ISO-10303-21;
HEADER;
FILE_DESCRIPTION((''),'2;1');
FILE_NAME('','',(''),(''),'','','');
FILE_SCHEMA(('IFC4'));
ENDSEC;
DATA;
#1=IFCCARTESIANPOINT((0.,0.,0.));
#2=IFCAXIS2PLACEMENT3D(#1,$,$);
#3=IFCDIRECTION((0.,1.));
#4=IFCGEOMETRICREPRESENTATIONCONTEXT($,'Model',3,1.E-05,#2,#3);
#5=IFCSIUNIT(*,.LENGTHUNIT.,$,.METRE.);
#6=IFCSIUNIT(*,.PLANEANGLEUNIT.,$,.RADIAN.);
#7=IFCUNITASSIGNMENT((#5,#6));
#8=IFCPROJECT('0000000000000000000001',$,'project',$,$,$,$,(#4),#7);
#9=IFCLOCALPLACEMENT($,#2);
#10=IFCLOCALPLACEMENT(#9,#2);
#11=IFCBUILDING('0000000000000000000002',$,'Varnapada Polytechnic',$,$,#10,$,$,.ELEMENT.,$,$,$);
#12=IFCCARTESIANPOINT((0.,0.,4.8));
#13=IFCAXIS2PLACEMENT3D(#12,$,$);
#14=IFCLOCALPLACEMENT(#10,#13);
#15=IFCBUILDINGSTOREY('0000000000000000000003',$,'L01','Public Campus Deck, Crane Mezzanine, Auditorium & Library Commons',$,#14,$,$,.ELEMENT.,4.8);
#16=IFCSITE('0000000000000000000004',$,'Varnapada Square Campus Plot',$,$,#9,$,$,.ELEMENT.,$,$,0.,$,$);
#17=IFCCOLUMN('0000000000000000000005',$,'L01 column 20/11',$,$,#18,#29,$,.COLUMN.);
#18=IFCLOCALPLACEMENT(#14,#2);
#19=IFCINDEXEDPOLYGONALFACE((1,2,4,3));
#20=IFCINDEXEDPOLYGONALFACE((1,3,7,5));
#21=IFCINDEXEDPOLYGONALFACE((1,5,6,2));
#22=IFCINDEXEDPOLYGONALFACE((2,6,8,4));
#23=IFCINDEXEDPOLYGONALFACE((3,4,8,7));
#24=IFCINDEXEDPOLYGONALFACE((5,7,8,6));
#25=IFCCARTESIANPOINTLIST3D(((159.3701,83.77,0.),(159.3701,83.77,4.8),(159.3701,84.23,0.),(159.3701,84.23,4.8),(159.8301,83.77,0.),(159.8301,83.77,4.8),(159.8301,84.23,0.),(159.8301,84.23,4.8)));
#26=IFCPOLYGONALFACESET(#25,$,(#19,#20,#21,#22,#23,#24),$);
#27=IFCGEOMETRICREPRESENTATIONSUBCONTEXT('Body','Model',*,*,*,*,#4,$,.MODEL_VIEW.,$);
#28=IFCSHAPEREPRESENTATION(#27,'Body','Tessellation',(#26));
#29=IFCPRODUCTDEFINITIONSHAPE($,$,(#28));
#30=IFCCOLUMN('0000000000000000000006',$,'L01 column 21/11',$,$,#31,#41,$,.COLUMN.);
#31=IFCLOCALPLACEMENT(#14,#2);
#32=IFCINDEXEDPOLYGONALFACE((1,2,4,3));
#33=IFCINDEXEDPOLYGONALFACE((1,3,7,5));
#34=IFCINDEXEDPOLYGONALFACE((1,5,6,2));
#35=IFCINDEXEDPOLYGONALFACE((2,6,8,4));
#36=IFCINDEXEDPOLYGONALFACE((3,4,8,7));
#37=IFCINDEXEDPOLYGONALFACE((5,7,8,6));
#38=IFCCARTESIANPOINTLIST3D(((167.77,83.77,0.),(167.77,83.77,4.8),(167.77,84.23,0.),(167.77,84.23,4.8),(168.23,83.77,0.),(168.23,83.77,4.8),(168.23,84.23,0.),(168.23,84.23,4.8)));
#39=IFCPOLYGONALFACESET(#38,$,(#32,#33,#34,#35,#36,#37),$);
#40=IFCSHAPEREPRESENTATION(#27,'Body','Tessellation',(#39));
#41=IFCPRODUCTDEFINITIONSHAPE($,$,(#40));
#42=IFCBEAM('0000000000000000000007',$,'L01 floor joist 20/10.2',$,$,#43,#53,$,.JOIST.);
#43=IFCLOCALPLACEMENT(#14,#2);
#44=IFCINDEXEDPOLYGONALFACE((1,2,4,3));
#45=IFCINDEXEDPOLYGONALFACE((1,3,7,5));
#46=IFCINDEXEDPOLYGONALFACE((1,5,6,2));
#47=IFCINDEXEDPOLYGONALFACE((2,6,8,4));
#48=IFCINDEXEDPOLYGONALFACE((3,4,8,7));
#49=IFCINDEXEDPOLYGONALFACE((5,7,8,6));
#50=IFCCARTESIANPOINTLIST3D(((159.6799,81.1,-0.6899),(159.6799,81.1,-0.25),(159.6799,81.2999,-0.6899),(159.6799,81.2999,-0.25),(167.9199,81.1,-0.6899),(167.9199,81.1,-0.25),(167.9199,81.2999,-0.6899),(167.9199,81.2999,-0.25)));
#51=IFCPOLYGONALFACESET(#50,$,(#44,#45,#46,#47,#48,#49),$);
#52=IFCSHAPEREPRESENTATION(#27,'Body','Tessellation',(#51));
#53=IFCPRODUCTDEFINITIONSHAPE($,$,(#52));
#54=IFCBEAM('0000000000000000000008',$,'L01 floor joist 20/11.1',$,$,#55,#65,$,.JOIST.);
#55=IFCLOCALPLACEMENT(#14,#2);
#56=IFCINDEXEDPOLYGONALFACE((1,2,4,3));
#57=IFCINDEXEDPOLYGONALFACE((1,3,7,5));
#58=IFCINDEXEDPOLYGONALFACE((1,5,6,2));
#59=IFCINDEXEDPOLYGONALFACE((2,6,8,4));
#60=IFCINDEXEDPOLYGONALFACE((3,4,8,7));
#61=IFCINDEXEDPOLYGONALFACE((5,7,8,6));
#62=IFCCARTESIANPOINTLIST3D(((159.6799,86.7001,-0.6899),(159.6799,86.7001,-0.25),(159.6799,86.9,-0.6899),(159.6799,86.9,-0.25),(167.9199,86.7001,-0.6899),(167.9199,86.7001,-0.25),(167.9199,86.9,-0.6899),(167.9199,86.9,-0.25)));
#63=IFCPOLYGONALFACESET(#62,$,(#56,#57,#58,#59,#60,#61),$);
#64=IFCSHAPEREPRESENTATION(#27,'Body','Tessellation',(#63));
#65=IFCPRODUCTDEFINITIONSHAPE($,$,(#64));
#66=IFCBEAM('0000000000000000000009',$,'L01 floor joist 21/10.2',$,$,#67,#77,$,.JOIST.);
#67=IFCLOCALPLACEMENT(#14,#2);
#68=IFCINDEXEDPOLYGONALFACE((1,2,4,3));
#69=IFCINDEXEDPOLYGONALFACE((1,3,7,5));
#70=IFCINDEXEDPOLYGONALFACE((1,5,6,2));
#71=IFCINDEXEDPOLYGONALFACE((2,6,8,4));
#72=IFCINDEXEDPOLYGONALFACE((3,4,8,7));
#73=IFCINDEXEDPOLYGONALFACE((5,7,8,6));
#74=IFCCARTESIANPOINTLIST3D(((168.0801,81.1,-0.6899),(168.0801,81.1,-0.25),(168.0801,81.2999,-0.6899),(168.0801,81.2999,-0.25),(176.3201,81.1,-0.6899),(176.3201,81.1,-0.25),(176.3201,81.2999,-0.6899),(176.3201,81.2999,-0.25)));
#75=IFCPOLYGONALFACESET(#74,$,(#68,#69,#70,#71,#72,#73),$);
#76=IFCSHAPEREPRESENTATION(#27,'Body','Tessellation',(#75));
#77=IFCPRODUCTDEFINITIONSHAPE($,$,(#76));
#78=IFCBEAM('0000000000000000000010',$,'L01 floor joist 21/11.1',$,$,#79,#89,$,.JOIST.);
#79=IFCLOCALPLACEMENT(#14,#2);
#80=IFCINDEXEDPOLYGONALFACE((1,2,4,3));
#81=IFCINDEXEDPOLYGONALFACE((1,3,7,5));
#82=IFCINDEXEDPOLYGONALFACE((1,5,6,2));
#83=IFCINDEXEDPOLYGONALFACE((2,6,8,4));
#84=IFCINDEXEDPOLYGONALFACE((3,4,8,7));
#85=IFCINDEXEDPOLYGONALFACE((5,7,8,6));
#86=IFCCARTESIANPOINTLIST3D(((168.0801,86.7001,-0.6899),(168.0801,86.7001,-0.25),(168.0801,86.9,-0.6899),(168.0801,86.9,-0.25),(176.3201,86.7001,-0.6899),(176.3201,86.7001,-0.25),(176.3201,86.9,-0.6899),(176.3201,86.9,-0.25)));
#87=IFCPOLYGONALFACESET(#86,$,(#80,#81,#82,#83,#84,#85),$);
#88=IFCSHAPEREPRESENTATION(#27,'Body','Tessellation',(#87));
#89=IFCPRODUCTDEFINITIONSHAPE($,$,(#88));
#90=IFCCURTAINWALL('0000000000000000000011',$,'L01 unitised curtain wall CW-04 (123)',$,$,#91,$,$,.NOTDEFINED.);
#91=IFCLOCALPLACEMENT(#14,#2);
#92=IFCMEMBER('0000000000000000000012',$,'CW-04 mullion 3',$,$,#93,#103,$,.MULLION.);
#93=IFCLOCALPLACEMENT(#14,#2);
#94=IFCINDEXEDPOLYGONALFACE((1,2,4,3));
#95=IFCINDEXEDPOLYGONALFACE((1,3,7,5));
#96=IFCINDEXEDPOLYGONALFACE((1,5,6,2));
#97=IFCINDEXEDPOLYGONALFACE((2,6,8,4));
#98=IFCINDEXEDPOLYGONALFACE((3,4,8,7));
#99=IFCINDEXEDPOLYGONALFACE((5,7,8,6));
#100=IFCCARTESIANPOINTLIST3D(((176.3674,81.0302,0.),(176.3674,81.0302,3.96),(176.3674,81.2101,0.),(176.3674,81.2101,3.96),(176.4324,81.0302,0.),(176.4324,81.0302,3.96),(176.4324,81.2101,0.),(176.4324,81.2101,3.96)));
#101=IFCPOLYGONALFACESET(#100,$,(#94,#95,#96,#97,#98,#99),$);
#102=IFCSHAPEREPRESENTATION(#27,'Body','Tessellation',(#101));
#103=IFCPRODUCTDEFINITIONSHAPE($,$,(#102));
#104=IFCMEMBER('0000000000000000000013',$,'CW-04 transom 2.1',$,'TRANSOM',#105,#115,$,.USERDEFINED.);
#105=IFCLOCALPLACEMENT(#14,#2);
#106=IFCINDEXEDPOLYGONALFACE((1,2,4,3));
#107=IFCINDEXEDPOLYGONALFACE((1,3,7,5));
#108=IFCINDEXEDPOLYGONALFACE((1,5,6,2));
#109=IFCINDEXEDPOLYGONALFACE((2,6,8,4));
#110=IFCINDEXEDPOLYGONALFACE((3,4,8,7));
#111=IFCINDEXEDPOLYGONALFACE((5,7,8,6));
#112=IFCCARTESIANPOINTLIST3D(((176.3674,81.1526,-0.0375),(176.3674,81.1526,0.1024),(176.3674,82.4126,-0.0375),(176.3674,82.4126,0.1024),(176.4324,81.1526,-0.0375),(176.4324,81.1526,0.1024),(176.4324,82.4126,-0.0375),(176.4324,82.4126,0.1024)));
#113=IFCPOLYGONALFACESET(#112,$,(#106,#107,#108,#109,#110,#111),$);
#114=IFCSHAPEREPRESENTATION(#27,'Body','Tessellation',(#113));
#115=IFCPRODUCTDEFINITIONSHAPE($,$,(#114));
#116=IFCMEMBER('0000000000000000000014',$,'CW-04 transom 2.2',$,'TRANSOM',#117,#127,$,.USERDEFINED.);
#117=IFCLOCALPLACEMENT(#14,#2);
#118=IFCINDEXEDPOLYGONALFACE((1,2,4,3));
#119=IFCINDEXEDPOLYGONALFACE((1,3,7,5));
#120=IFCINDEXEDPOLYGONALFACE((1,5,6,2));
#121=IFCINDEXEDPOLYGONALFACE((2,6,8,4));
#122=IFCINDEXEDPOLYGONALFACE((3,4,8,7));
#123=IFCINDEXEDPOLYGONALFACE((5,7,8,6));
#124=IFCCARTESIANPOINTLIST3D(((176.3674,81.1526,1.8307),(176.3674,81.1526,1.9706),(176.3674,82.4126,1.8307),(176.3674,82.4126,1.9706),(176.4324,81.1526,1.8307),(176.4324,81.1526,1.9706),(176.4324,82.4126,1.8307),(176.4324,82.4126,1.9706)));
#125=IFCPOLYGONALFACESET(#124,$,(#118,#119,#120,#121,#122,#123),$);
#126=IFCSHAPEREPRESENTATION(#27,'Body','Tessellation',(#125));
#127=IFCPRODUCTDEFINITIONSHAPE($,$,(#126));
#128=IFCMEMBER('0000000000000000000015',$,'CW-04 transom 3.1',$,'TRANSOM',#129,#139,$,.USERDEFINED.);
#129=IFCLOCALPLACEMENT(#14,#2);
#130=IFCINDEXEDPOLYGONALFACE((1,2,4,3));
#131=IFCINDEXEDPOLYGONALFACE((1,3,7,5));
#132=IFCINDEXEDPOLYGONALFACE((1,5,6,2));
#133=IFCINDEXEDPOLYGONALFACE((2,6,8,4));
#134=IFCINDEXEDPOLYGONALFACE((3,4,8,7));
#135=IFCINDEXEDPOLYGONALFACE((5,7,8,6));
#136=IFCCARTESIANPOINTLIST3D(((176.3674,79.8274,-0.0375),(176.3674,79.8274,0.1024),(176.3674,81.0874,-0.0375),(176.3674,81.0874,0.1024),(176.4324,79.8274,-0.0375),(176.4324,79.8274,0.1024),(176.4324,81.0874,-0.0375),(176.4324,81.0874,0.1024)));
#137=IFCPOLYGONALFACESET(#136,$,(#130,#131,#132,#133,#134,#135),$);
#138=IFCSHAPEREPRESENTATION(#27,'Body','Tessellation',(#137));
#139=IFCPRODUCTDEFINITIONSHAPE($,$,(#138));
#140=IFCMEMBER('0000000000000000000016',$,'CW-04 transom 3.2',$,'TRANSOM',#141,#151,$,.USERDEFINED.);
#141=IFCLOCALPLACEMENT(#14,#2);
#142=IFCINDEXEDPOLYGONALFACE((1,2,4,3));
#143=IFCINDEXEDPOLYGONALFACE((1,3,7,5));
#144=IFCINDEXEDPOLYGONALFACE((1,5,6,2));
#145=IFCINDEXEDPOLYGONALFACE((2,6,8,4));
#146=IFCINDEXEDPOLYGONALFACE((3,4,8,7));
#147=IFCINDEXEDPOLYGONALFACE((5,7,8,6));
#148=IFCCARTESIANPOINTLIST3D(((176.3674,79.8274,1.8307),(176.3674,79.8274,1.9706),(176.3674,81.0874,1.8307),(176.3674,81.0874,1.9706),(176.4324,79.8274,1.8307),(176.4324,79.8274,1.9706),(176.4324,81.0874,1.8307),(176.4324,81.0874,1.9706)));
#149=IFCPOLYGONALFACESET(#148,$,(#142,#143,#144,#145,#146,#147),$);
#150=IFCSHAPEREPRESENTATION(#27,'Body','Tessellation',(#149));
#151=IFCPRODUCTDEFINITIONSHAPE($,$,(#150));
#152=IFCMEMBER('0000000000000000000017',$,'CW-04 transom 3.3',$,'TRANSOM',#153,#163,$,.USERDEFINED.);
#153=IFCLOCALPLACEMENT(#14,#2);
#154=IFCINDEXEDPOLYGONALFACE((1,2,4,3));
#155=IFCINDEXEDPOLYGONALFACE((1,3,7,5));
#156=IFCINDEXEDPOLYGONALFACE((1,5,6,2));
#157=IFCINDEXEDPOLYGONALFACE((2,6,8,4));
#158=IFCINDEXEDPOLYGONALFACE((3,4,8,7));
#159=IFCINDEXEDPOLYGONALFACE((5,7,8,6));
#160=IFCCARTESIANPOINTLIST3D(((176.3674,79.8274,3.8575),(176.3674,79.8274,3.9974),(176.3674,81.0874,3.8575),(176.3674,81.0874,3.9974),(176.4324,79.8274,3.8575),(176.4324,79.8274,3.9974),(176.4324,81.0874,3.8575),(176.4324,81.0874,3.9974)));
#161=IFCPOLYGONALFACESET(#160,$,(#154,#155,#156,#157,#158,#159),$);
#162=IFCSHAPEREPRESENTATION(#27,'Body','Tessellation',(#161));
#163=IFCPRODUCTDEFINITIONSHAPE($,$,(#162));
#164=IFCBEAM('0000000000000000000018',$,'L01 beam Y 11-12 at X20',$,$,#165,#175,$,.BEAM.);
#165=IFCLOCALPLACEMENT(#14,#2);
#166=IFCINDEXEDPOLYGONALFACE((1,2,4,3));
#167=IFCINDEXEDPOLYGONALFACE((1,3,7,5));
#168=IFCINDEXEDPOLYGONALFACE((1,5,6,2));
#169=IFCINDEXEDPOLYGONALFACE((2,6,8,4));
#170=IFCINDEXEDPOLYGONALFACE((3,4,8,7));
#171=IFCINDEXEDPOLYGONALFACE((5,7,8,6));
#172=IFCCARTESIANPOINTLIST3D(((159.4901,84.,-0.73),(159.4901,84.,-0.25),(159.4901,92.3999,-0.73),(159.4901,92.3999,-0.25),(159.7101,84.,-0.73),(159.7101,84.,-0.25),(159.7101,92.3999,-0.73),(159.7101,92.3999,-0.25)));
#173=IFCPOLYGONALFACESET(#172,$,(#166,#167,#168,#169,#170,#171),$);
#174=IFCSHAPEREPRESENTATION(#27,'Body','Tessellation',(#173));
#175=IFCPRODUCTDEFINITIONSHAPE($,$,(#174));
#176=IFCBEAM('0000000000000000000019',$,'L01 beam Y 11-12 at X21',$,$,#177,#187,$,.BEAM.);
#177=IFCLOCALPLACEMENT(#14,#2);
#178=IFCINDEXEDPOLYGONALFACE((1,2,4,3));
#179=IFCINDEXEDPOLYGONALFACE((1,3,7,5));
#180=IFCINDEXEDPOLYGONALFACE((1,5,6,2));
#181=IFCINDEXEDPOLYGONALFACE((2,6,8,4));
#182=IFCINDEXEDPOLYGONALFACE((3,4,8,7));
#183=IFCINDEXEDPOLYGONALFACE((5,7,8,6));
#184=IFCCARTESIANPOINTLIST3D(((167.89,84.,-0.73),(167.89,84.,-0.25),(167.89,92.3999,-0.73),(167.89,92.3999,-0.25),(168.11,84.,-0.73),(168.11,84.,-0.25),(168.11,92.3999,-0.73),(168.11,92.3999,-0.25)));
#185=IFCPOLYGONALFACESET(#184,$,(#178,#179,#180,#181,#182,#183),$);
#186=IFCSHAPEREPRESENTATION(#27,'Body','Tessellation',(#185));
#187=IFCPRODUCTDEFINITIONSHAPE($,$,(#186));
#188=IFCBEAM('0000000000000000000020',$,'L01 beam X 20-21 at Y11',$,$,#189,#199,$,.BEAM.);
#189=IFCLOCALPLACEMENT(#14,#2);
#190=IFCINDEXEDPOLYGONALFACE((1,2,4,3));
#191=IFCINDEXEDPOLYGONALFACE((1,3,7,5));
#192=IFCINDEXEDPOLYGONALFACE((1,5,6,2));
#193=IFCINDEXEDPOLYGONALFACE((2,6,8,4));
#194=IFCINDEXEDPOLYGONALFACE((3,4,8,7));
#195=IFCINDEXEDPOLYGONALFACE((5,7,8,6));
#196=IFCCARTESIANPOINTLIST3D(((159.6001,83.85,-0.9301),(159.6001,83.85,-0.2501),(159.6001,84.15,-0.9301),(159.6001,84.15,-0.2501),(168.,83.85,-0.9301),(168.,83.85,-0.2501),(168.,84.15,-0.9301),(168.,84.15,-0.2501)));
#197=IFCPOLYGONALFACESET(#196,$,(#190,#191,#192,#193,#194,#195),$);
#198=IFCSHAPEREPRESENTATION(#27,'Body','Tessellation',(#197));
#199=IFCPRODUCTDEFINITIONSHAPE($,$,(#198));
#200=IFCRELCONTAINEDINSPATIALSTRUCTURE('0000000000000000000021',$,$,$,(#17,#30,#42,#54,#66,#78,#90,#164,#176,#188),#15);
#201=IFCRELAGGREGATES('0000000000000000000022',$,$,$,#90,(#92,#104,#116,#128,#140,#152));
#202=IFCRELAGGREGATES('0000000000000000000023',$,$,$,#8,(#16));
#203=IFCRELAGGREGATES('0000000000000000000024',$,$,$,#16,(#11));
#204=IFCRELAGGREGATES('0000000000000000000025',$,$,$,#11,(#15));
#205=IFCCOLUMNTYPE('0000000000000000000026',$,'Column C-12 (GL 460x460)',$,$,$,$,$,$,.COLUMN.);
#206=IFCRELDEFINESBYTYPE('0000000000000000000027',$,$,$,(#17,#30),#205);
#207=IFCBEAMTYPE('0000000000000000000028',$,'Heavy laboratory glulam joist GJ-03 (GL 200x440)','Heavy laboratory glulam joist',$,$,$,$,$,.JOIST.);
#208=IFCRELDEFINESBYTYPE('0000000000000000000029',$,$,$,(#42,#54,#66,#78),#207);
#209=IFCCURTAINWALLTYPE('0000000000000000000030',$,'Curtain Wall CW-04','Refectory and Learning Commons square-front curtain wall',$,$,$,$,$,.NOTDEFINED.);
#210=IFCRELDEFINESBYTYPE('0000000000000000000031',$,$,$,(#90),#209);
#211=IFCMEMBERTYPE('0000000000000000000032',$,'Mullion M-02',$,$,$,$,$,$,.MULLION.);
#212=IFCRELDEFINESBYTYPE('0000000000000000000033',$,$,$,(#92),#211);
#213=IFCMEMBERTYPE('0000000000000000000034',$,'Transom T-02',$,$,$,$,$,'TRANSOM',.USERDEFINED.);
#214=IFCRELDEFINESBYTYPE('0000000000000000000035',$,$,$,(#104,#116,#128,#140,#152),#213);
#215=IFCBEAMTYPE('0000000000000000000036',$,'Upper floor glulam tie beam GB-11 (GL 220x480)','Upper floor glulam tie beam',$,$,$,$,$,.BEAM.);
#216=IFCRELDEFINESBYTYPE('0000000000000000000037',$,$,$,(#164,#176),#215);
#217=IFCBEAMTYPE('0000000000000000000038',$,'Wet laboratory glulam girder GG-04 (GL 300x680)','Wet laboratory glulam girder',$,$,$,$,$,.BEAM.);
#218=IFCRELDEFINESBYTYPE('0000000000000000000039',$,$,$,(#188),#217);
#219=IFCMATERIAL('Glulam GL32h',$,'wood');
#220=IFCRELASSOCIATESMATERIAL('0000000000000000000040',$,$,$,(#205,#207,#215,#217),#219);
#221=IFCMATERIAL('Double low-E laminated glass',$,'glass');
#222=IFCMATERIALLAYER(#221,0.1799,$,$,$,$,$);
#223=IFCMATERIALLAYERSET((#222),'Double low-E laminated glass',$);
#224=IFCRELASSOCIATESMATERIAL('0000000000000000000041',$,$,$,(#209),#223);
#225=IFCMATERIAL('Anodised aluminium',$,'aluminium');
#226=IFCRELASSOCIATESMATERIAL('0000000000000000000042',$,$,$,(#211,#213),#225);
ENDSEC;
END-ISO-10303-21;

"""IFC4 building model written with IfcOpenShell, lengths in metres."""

from ifc_helpers import new_model, si_unit, direction, frame, origin, origin_2d, place, context, subcontext, project, spatial, rectangle, extrude, material, layer, layer_set, material_profile, profile_set, type_object, element, aggregate, save


model = new_model("IFC4")

# Units and contexts
model_context = context("Model", 3, precision=1e-05, world=origin(), true_north=direction((0.0, 1.0)))
body_context = subcontext(model_context, "Body", "Model", "MODEL_VIEW")
ifc_project = project(units=[si_unit("LENGTHUNIT", "METRE"), si_unit("PLANEANGLEUNIT", "RADIAN")], contexts=[model_context])

# Site, building, storey
site_placement = place(None, origin())
site = spatial("IfcSite", under=ifc_project, at=site_placement, Name="Varnapada Square Campus Plot", CompositionType="ELEMENT", RefElevation=0.0)
building_placement = place(site_placement, origin())
building = spatial("IfcBuilding", under=site, at=building_placement, Name="Varnapada Polytechnic", CompositionType="ELEMENT")
storey_placement = place(building_placement, frame((0.0, 0.0, 4.8)))
storey = spatial("IfcBuildingStorey", under=building, at=storey_placement, Name="L01", Description="Public Campus Deck, Crane Mezzanine, Auditorium & Library Commons", CompositionType="ELEMENT", Elevation=4.8)

# Columns
ifc_material_1 = material(Name="Glulam GL32h", Category="wood")
ifc_material_profile_1 = material_profile(ifc_material_1, rectangle(XDim=0.46, YDim=0.46, at=origin_2d()), Name="GL 460x460")
ifc_profile_set_1 = profile_set([ifc_material_profile_1], Name="Glulam GL32h")
column_type = type_object("IfcColumnType", Name="Column C-12 (GL 460x460)", PredefinedType="COLUMN", material=ifc_profile_set_1)
for number, where, z_axis, x_axis, name in (
    (1, (159.6001, 84.0, 0.0), (0.0, 0.0, 1.0), (1.0, 0.0, 0.0), "L01 column 20/11"),
    (2, (168.0, 84.0, 0.0), (0.0, 0.0, 1.0), (1.0, 0.0, 0.0), "L01 column 21/11"),
):
    element("IfcColumn", number, at=place(storey_placement, frame(where, z_axis=z_axis, x_axis=x_axis)), inside=storey, type_object=column_type, Name=name, PredefinedType="COLUMN", context=body_context, shape_type="SweptSolid", body=[
        extrude(rectangle(XDim=0.46, YDim=0.46, at=origin_2d()), origin(), (0.0, 0.0, 1.0), 4.8),
    ])

# Beams
ifc_material_profile_2 = material_profile(ifc_material_1, rectangle(XDim=0.2, YDim=0.4399, at=origin_2d()), Name="GL 200x440")
ifc_profile_set_2 = profile_set([ifc_material_profile_2], Name="Glulam GL32h")
beam_type_1 = type_object("IfcBeamType", Name="Heavy laboratory glulam joist GJ-03 (GL 200x440)", Description="Heavy laboratory glulam joist", PredefinedType="JOIST", material=ifc_profile_set_2)
for number, where, z_axis, x_axis, name in (
    (3, (159.6799, 81.2, -0.47), (1.0, 0.0, 0.0), (0.0, 1.0, 0.0), "L01 floor joist 20/10.2"),
    (4, (159.6799, 86.8, -0.47), (1.0, 0.0, 0.0), (0.0, 1.0, 0.0), "L01 floor joist 20/11.1"),
    (5, (168.0801, 81.2, -0.47), (1.0, 0.0, 0.0), (0.0, 1.0, 0.0), "L01 floor joist 21/10.2"),
    (6, (168.0801, 86.8, -0.47), (1.0, 0.0, 0.0), (0.0, 1.0, 0.0), "L01 floor joist 21/11.1"),
):
    element("IfcBeam", number, at=place(storey_placement, frame(where, z_axis=z_axis, x_axis=x_axis)), inside=storey, type_object=beam_type_1, Name=name, PredefinedType="JOIST", context=body_context, shape_type="SweptSolid", body=[
        extrude(rectangle(XDim=0.2, YDim=0.4399, at=origin_2d()), origin(), (0.0, 0.0, 1.0), 8.24),
    ])

# Curtain wall, members
ifc_material_2 = material(Name="Double low-E laminated glass", Category="glass")
ifc_layer_1 = layer(ifc_material_2, 0.1799)
ifc_layer_set_1 = layer_set([ifc_layer_1], Name="Double low-E laminated glass")
curtain_wall_type = type_object("IfcCurtainWallType", Name="Curtain Wall CW-04", Description="Refectory and Learning Commons square-front curtain wall", PredefinedType="NOTDEFINED", material=ifc_layer_set_1)
curtain_wall_placement = place(storey_placement, origin())
curtain_wall = element("IfcCurtainWall", 7, at=curtain_wall_placement, inside=storey, type_object=curtain_wall_type, Name="L01 unitised curtain wall CW-04 (123)", PredefinedType="NOTDEFINED")
ifc_material_3 = material(Name="Anodised aluminium", Category="aluminium")
ifc_material_profile_3 = material_profile(ifc_material_3, rectangle(XDim=0.0649, YDim=0.1799, at=origin_2d()), Name="ALU M65x180")
ifc_profile_set_3 = profile_set([ifc_material_profile_3], Name="Anodised aluminium")
member_type_1 = type_object("IfcMemberType", Name="Mullion M-02", PredefinedType="MULLION", material=ifc_profile_set_3)
member_1_placement = place(storey_placement, frame((176.3999, 81.1201, 0.0), z_axis=(0.0, 0.0, 1.0), x_axis=(1.0, 0.0, 0.0)))
member_1 = element("IfcMember", 8, at=member_1_placement, type_object=member_type_1, Name="CW-04 mullion 3", PredefinedType="MULLION", context=body_context, shape_type="SweptSolid", body=[
    extrude(rectangle(XDim=0.0649, YDim=0.1799, at=origin_2d()), origin(), (0.0, 0.0, 1.0), 3.96),
])
ifc_material_profile_4 = material_profile(ifc_material_3, rectangle(XDim=0.0649, YDim=0.1399, at=origin_2d()), Name="ALU T65x140")
ifc_profile_set_4 = profile_set([ifc_material_profile_4], Name="Anodised aluminium")
member_type_2 = type_object("IfcMemberType", Name="Transom T-02", ElementType="TRANSOM", PredefinedType="USERDEFINED", material=ifc_profile_set_4)
member_2_placement = place(storey_placement, frame((176.3999, 82.4126, 0.0325), z_axis=(0.0, -1.0, 0.0), x_axis=(1.0, 0.0, 0.0)))
member_2 = element("IfcMember", 9, at=member_2_placement, type_object=member_type_2, Name="CW-04 transom 2.1", ObjectType="TRANSOM", PredefinedType="USERDEFINED", context=body_context, shape_type="SweptSolid", body=[
    extrude(rectangle(XDim=0.0649, YDim=0.1399, at=origin_2d()), origin(), (0.0, 0.0, 1.0), 1.26),
])
member_3_placement = place(storey_placement, frame((176.3999, 82.4126, 1.9006), z_axis=(0.0, -1.0, 0.0), x_axis=(1.0, 0.0, 0.0)))
member_3 = element("IfcMember", 10, at=member_3_placement, type_object=member_type_2, Name="CW-04 transom 2.2", ObjectType="TRANSOM", PredefinedType="USERDEFINED", context=body_context, shape_type="SweptSolid", body=[
    extrude(rectangle(XDim=0.0649, YDim=0.1399, at=origin_2d()), origin(), (0.0, 0.0, 1.0), 1.26),
])
member_4_placement = place(storey_placement, frame((176.3999, 81.0874, 0.0325), z_axis=(0.0, -1.0, 0.0), x_axis=(1.0, 0.0, 0.0)))
member_4 = element("IfcMember", 11, at=member_4_placement, type_object=member_type_2, Name="CW-04 transom 3.1", ObjectType="TRANSOM", PredefinedType="USERDEFINED", context=body_context, shape_type="SweptSolid", body=[
    extrude(rectangle(XDim=0.0649, YDim=0.1399, at=origin_2d()), origin(), (0.0, 0.0, 1.0), 1.26),
])
member_5_placement = place(storey_placement, frame((176.3999, 81.0874, 1.9006), z_axis=(0.0, -1.0, 0.0), x_axis=(1.0, 0.0, 0.0)))
member_5 = element("IfcMember", 12, at=member_5_placement, type_object=member_type_2, Name="CW-04 transom 3.2", ObjectType="TRANSOM", PredefinedType="USERDEFINED", context=body_context, shape_type="SweptSolid", body=[
    extrude(rectangle(XDim=0.0649, YDim=0.1399, at=origin_2d()), origin(), (0.0, 0.0, 1.0), 1.26),
])
member_6_placement = place(storey_placement, frame((176.3999, 81.0874, 3.9275), z_axis=(0.0, -1.0, 0.0), x_axis=(1.0, 0.0, 0.0)))
member_6 = element("IfcMember", 13, at=member_6_placement, type_object=member_type_2, Name="CW-04 transom 3.3", ObjectType="TRANSOM", PredefinedType="USERDEFINED", context=body_context, shape_type="SweptSolid", body=[
    extrude(rectangle(XDim=0.0649, YDim=0.1399, at=origin_2d()), origin(), (0.0, 0.0, 1.0), 1.26),
])

# Beams
ifc_material_profile_5 = material_profile(ifc_material_1, rectangle(XDim=0.22, YDim=0.48, at=origin_2d()), Name="GL 220x480")
ifc_profile_set_5 = profile_set([ifc_material_profile_5], Name="Glulam GL32h")
beam_type_2 = type_object("IfcBeamType", Name="Upper floor glulam tie beam GB-11 (GL 220x480)", Description="Upper floor glulam tie beam", PredefinedType="BEAM", material=ifc_profile_set_5)
for number, where, z_axis, x_axis, name in (
    (14, (159.6001, 84.0, -0.49), (0.0, 1.0, 0.0), (-1.0, 0.0, 0.0), "L01 beam Y 11-12 at X20"),
    (15, (168.0, 84.0, -0.49), (0.0, 1.0, 0.0), (-1.0, 0.0, 0.0), "L01 beam Y 11-12 at X21"),
):
    element("IfcBeam", number, at=place(storey_placement, frame(where, z_axis=z_axis, x_axis=x_axis)), inside=storey, type_object=beam_type_2, Name=name, PredefinedType="BEAM", context=body_context, shape_type="SweptSolid", body=[
        extrude(rectangle(XDim=0.22, YDim=0.48, at=origin_2d()), origin(), (0.0, 0.0, 1.0), 8.3999),
    ])
ifc_material_profile_6 = material_profile(ifc_material_1, rectangle(XDim=0.3, YDim=0.6799, at=origin_2d()), Name="GL 300x680")
ifc_profile_set_6 = profile_set([ifc_material_profile_6], Name="Glulam GL32h")
beam_type_3 = type_object("IfcBeamType", Name="Wet laboratory glulam girder GG-04 (GL 300x680)", Description="Wet laboratory glulam girder", PredefinedType="BEAM", material=ifc_profile_set_6)
for number, where, z_axis, x_axis, name in (
    (16, (159.6001, 84.0, -0.5901), (1.0, 0.0, 0.0), (0.0, 1.0, 0.0), "L01 beam X 20-21 at Y11"),
):
    element("IfcBeam", number, at=place(storey_placement, frame(where, z_axis=z_axis, x_axis=x_axis)), inside=storey, type_object=beam_type_3, Name=name, PredefinedType="BEAM", context=body_context, shape_type="SweptSolid", body=[
        extrude(rectangle(XDim=0.3, YDim=0.6799, at=origin_2d()), origin(), (0.0, 0.0, 1.0), 8.3999),
    ])

aggregate(curtain_wall, [member_1, member_2, member_3, member_4, member_5, member_6])

save(model, "model.ifc")
